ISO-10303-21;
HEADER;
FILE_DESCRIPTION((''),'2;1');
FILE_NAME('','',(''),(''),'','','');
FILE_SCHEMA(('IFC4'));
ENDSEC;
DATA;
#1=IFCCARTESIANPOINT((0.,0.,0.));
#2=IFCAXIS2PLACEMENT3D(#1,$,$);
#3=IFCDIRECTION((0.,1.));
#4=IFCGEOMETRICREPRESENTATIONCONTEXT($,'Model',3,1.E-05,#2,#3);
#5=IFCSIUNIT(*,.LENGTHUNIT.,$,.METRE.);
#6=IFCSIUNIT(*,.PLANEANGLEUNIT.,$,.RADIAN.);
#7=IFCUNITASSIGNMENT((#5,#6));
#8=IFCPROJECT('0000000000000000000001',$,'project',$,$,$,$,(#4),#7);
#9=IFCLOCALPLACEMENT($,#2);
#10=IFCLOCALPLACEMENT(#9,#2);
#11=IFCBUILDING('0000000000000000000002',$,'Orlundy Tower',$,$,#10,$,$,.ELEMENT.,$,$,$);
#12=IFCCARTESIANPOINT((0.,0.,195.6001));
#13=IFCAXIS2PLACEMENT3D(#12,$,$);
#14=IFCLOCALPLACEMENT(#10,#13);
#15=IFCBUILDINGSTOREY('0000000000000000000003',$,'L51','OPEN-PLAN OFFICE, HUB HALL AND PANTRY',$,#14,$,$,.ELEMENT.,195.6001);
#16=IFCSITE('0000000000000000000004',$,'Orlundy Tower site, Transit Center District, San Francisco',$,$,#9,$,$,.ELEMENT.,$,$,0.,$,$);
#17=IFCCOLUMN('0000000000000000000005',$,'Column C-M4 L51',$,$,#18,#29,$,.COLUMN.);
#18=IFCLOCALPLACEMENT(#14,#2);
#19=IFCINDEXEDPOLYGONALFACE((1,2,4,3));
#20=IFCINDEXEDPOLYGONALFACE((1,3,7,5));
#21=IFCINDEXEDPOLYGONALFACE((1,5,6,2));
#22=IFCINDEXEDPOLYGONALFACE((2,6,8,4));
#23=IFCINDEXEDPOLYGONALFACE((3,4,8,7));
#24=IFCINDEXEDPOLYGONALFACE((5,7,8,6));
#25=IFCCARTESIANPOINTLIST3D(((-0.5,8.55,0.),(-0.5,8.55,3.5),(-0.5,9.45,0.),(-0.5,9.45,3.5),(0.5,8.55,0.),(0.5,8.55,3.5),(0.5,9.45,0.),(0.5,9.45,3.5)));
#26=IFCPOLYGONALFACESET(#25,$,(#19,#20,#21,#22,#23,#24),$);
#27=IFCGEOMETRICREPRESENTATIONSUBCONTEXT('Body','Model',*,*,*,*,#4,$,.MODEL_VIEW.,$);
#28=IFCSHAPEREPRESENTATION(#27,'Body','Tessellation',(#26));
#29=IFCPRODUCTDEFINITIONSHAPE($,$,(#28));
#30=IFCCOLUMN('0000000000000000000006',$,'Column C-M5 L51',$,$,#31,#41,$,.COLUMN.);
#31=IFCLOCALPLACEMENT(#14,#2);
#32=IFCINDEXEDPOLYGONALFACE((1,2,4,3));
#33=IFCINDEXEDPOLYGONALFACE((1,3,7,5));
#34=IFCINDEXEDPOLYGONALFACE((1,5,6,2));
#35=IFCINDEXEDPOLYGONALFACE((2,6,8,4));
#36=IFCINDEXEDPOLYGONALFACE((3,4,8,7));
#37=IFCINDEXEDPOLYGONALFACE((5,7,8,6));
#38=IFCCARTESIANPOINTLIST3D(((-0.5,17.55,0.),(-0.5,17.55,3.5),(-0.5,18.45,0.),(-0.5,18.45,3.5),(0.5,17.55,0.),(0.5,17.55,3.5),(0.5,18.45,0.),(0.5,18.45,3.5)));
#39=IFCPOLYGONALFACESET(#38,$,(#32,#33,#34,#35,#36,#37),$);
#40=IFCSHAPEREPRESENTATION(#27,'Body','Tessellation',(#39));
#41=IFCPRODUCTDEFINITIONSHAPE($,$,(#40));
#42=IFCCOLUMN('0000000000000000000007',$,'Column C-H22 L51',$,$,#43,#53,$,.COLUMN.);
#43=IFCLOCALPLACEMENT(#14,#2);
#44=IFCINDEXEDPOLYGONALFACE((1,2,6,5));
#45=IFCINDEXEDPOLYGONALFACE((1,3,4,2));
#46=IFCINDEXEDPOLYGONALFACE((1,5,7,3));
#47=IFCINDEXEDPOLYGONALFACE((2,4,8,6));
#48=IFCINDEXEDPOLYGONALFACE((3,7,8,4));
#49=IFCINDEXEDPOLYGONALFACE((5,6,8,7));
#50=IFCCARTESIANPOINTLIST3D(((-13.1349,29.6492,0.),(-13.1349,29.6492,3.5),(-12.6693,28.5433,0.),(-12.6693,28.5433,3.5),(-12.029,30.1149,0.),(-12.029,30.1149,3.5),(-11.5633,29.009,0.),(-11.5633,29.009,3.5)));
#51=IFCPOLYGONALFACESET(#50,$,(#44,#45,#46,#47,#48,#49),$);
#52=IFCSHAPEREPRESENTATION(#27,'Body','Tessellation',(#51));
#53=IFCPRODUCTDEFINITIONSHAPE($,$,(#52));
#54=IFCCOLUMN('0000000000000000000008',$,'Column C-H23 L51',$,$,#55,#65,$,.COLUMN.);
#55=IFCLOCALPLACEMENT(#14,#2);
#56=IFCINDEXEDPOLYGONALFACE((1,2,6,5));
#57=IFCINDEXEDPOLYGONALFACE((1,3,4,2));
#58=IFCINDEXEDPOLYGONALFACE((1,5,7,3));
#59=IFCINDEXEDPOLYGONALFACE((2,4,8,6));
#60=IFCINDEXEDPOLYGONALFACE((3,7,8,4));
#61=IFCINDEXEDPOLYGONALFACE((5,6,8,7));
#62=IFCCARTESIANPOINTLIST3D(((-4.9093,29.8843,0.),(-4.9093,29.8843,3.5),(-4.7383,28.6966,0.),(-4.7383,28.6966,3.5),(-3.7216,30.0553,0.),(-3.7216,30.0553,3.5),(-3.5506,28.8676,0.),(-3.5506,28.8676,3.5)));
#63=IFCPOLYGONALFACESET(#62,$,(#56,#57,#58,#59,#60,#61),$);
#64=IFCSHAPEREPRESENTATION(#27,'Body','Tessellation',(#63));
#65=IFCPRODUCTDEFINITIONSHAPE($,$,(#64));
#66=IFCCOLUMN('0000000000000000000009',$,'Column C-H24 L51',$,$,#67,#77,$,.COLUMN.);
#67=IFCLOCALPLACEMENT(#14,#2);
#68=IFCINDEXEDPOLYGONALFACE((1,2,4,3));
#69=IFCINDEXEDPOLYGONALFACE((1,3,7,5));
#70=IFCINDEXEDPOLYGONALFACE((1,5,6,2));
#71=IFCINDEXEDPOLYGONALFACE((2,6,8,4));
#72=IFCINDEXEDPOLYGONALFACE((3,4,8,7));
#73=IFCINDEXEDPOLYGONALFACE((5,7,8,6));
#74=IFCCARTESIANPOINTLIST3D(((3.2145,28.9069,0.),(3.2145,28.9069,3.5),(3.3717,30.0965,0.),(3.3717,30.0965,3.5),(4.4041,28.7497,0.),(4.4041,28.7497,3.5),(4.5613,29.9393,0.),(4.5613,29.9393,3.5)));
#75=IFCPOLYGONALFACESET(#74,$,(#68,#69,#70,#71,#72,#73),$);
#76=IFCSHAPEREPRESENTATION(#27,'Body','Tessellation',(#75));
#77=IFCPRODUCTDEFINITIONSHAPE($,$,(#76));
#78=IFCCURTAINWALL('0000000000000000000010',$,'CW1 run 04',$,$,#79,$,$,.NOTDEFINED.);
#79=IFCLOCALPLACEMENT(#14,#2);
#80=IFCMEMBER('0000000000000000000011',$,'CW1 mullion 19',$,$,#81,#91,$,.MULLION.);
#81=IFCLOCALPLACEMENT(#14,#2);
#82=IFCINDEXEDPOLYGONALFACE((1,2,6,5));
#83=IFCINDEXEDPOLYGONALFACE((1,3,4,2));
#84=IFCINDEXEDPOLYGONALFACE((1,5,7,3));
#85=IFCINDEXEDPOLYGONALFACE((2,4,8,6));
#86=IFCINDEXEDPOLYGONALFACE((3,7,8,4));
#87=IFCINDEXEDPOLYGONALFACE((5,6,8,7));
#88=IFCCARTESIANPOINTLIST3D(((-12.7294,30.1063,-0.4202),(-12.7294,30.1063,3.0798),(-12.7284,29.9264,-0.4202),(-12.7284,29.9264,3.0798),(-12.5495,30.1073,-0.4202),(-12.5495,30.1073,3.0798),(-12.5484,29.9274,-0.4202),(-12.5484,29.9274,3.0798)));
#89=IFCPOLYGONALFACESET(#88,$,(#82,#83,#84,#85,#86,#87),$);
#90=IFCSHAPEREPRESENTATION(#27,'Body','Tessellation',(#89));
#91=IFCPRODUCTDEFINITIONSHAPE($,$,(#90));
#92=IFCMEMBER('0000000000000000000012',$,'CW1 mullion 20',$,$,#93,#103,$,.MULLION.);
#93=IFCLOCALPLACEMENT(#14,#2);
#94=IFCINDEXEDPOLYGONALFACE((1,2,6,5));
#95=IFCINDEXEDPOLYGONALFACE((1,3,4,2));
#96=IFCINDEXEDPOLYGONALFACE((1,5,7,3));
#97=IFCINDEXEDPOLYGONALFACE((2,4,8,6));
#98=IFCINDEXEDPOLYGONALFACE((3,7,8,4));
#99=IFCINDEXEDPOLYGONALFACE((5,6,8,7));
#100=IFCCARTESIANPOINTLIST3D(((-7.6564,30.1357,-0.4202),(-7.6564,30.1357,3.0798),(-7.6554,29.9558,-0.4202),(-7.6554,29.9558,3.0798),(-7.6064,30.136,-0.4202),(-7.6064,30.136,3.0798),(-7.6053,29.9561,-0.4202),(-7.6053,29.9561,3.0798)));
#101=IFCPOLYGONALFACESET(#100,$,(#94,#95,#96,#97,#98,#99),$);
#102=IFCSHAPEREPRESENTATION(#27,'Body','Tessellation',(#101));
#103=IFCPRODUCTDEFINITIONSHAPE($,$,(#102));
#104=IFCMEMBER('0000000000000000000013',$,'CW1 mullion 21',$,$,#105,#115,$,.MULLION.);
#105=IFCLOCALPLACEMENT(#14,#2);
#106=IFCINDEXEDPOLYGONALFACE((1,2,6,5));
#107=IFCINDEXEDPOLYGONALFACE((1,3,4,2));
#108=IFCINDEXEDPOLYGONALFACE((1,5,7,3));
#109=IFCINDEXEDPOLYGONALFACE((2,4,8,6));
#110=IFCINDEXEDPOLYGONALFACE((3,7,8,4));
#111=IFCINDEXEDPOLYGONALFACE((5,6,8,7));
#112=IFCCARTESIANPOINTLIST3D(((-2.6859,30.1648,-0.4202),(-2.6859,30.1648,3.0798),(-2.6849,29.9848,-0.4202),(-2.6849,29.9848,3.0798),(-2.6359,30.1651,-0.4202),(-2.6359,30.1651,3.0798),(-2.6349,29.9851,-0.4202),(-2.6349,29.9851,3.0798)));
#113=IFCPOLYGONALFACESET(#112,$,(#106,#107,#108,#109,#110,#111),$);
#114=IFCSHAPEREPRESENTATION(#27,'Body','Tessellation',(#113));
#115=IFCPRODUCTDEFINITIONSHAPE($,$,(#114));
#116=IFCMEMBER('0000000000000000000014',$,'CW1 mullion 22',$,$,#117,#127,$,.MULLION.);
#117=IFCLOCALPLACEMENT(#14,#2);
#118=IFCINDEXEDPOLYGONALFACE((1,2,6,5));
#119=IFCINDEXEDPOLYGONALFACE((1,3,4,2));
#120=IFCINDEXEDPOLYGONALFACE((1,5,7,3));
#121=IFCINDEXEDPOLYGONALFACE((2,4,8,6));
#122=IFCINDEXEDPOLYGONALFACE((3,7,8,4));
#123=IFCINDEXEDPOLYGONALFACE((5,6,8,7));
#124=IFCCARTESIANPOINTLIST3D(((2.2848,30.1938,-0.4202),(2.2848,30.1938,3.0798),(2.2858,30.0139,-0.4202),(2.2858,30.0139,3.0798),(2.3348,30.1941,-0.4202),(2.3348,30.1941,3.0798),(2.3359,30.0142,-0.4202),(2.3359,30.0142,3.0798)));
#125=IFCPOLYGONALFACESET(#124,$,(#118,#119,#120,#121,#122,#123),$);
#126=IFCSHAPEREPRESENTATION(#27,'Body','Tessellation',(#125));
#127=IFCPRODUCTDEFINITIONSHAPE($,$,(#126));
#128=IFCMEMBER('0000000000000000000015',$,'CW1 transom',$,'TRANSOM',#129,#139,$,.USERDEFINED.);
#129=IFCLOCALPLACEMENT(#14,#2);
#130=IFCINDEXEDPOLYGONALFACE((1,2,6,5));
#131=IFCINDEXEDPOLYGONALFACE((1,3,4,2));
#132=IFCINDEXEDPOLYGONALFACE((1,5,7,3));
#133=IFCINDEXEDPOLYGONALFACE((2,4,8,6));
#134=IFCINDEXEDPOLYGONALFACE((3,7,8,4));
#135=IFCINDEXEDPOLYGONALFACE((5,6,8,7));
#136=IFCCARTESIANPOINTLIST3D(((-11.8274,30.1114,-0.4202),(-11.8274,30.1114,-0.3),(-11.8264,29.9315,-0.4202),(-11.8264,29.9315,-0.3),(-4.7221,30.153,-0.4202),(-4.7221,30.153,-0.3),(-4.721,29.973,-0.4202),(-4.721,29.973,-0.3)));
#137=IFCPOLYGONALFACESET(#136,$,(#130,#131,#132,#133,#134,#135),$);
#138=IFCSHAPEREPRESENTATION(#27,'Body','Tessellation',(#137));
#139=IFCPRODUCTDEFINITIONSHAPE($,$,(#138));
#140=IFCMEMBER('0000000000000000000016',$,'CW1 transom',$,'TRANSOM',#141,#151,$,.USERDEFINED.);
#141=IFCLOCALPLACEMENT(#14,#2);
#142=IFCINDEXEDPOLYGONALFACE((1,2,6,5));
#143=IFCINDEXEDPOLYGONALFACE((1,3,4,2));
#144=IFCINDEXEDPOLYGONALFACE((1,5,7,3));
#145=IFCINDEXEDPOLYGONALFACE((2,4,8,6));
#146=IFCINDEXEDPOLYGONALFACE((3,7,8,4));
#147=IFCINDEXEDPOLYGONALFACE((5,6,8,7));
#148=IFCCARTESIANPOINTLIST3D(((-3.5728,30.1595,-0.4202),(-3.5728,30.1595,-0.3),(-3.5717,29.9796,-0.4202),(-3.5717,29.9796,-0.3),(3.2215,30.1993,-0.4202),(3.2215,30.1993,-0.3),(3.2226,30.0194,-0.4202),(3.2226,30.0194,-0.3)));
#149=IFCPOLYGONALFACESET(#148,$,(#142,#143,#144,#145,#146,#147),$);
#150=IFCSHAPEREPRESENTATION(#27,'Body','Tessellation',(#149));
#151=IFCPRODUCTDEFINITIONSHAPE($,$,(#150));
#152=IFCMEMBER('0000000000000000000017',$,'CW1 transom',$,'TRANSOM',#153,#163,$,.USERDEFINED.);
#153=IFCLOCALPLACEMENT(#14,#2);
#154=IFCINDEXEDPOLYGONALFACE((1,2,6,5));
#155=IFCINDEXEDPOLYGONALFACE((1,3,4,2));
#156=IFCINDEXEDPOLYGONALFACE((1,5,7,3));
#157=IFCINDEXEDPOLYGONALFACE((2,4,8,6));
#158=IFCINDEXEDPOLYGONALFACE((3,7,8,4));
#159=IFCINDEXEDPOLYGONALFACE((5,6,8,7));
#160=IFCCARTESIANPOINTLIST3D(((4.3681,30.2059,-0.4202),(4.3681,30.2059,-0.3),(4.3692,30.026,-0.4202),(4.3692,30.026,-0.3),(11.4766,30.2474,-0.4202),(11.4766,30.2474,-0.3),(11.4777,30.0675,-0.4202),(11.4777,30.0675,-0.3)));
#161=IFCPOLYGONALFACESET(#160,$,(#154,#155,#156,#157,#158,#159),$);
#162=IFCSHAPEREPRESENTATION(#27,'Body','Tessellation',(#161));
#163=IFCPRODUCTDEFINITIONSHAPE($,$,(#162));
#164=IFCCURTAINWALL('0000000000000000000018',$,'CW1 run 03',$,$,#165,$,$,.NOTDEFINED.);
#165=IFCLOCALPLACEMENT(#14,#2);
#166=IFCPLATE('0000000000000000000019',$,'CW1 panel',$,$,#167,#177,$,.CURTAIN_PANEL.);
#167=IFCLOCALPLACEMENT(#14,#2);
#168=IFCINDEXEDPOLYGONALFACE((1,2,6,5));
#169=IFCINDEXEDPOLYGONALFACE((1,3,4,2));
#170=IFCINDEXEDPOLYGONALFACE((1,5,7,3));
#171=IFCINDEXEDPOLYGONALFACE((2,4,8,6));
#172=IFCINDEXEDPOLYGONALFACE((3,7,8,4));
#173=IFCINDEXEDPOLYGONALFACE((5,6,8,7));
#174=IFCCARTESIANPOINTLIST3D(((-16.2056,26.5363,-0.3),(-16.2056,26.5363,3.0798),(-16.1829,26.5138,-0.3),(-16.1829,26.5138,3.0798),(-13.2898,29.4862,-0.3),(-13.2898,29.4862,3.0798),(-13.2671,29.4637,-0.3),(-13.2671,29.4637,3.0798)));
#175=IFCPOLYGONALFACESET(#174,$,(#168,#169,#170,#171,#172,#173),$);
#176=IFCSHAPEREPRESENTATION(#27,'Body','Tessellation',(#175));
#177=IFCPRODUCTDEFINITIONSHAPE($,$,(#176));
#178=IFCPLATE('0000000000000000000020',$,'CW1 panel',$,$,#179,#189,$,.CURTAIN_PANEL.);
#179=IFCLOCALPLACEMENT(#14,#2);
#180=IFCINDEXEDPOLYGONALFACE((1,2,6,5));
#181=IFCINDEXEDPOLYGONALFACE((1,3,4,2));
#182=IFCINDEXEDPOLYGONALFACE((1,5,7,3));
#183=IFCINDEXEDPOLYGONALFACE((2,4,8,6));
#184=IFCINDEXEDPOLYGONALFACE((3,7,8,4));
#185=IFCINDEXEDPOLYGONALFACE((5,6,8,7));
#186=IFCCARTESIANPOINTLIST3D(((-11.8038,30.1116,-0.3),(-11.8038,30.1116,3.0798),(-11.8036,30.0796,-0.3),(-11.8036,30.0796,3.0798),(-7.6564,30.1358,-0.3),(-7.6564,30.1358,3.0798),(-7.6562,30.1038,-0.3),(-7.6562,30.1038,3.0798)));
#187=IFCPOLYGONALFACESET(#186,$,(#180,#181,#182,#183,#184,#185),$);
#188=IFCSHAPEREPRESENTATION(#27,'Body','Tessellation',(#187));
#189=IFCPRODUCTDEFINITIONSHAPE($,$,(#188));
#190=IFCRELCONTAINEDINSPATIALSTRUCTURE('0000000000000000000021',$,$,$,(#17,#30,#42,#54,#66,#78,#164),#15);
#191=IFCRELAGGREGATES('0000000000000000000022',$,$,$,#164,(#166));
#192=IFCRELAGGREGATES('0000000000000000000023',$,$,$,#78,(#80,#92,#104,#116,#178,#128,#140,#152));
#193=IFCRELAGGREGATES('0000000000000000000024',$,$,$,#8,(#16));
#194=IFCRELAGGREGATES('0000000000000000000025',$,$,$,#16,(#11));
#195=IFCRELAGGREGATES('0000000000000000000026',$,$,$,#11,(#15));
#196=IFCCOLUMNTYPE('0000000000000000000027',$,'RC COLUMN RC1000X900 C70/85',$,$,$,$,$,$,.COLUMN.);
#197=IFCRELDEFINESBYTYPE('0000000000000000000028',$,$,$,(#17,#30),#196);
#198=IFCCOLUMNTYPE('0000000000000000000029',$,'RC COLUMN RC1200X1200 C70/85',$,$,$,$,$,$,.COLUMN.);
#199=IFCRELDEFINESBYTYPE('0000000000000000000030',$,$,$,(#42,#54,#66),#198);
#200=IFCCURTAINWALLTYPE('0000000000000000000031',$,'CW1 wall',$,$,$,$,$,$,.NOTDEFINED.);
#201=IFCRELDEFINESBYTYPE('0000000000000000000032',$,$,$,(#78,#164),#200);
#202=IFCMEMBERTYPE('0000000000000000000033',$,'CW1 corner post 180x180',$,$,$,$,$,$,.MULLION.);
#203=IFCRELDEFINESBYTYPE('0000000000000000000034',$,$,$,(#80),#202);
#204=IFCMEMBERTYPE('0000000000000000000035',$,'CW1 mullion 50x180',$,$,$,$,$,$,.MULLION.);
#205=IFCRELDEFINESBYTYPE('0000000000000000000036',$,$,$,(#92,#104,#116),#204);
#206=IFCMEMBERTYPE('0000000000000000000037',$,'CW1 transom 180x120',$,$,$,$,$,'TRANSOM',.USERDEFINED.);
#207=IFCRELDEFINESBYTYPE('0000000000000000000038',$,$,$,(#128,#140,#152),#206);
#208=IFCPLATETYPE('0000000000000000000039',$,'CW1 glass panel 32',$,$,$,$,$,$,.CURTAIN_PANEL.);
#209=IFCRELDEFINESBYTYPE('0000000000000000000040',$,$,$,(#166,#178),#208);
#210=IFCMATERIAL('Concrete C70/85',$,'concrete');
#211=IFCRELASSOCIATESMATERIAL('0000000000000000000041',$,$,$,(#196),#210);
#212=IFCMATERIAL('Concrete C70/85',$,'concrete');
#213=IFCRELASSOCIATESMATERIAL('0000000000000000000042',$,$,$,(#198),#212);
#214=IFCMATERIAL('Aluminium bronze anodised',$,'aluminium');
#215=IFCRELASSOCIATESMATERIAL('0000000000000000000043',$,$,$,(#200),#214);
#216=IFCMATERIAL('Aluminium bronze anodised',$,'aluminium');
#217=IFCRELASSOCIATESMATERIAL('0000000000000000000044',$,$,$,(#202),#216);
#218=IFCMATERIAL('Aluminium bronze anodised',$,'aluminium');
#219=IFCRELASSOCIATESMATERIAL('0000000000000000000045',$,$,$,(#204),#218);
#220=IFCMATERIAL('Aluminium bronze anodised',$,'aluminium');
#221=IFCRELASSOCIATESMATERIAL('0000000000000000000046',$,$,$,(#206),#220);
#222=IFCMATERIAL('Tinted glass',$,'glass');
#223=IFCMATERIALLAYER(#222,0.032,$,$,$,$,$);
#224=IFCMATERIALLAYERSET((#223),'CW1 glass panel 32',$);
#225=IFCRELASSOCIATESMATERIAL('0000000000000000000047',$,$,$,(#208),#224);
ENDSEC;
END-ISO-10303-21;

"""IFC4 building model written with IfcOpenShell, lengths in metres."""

from ifc_helpers import new_model, si_unit, direction, frame, origin, origin_2d, place, context, subcontext, project, spatial, rectangle, extrude, material, layer, layer_set, material_profile, profile_set, type_object, element, aggregate, save


model = new_model("IFC4")

# Units and contexts
model_context = context("Model", 3, precision=1e-05, world=origin(), true_north=direction((0.0, 1.0)))
body_context = subcontext(model_context, "Body", "Model", "MODEL_VIEW")
ifc_project = project(units=[si_unit("LENGTHUNIT", "METRE"), si_unit("PLANEANGLEUNIT", "RADIAN")], contexts=[model_context])

# Site, building, storey
site_placement = place(None, origin())
site = spatial("IfcSite", under=ifc_project, at=site_placement, Name="Orlundy Tower site, Transit Center District, San Francisco", CompositionType="ELEMENT", RefElevation=0.0)
building_placement = place(site_placement, origin())
building = spatial("IfcBuilding", under=site, at=building_placement, Name="Orlundy Tower", CompositionType="ELEMENT")
storey_placement = place(building_placement, frame((0.0, 0.0, 195.6001)))
storey = spatial("IfcBuildingStorey", under=building, at=storey_placement, Name="L51", Description="OPEN-PLAN OFFICE, HUB HALL AND PANTRY", CompositionType="ELEMENT", Elevation=195.6001)

# Columns
ifc_material_1 = material(Name="Concrete C70/85", Category="concrete")
ifc_material_profile_1 = material_profile(ifc_material_1, rectangle(XDim=1.0, YDim=0.8999, at=origin_2d()), Name="RC1000X900")
ifc_profile_set_1 = profile_set([ifc_material_profile_1], Name="Concrete C70/85")
column_type_1 = type_object("IfcColumnType", Name="RC COLUMN RC1000X900 C70/85", PredefinedType="COLUMN", material=ifc_profile_set_1)
for number, where, z_axis, x_axis, name in (
    (1, (0.0, 9.0, 0.0), (0.0, 0.0, 1.0), (1.0, 0.0, 0.0), "Column C-M4 L51"),
    (2, (0.0, 18.0, 0.0), (0.0, 0.0, 1.0), (1.0, 0.0, 0.0), "Column C-M5 L51"),
):
    element("IfcColumn", number, at=place(storey_placement, frame(where, z_axis=z_axis, x_axis=x_axis)), inside=storey, type_object=column_type_1, Name=name, PredefinedType="COLUMN", context=body_context, shape_type="SweptSolid", body=[
        extrude(rectangle(XDim=1.0, YDim=0.8999, at=origin_2d()), origin(), (0.0, 0.0, 1.0), 3.5),
    ])
ifc_material_2 = material(Name="Concrete C70/85", Category="concrete")
ifc_material_profile_2 = material_profile(ifc_material_2, rectangle(XDim=1.2, YDim=1.2, at=origin_2d()), Name="RC1200X1200")
ifc_profile_set_2 = profile_set([ifc_material_profile_2], Name="Concrete C70/85")
column_type_2 = type_object("IfcColumnType", Name="RC COLUMN RC1200X1200 C70/85", PredefinedType="COLUMN", material=ifc_profile_set_2)
for number, where, z_axis, x_axis, name in (
    (3, (-12.3491, 29.3291, 0.0), (0.0, 0.0, 1.0), (-0.388063, 0.921633, 0.0), "Column C-H22 L51"),
    (4, (-4.23, 29.376, 0.0), (0.0, 0.0, 1.0), (-0.142525, 0.989791, 0.0), "Column C-H23 L51"),
    (5, (3.8879, 29.4231, 0.0), (0.0, 0.0, 1.0), (0.131011, 0.991381, 0.0), "Column C-H24 L51"),
):
    element("IfcColumn", number, at=place(storey_placement, frame(where, z_axis=z_axis, x_axis=x_axis)), inside=storey, type_object=column_type_2, Name=name, PredefinedType="COLUMN", context=body_context, shape_type="SweptSolid", body=[
        extrude(rectangle(XDim=1.2, YDim=1.2, at=origin_2d()), origin(), (0.0, 0.0, 1.0), 3.5),
    ])

# Curtain wall, members
ifc_material_3 = material(Name="Aluminium bronze anodised", Category="aluminium")
curtain_wall_type = type_object("IfcCurtainWallType", Name="CW1 wall", PredefinedType="NOTDEFINED", material=ifc_material_3)
curtain_wall_1_placement = place(storey_placement, origin())
curtain_wall_1 = element("IfcCurtainWall", 6, at=curtain_wall_1_placement, inside=storey, type_object=curtain_wall_type, Name="CW1 run 04", PredefinedType="NOTDEFINED")
ifc_material_4 = material(Name="Aluminium bronze anodised", Category="aluminium")
ifc_material_profile_3 = material_profile(ifc_material_4, rectangle(XDim=0.1799, YDim=0.1799, at=origin_2d()), Name="CW1 corner post 180x180")
ifc_profile_set_3 = profile_set([ifc_material_profile_3], Name="Aluminium bronze anodised")
member_type_1 = type_object("IfcMemberType", Name="CW1 corner post 180x180", PredefinedType="MULLION", material=ifc_profile_set_3)
member_1_placement = place(storey_placement, frame((-12.6389, 30.0168, -0.4202), z_axis=(0.0, 0.0, 1.0), x_axis=(-0.005834, 0.999983, 0.0)))
member_1 = element("IfcMember", 7, at=member_1_placement, type_object=member_type_1, Name="CW1 mullion 19", PredefinedType="MULLION", context=body_context, shape_type="SweptSolid", body=[
    extrude(rectangle(XDim=0.1799, YDim=0.1799, at=origin_2d()), origin(), (0.0, 0.0, 1.0), 3.5),
])
ifc_material_5 = material(Name="Aluminium bronze anodised", Category="aluminium")
ifc_material_profile_4 = material_profile(ifc_material_5, rectangle(XDim=0.1799, YDim=0.05, at=origin_2d()), Name="CW1 mullion 50x180")
ifc_profile_set_4 = profile_set([ifc_material_profile_4], Name="Aluminium bronze anodised")
member_type_2 = type_object("IfcMemberType", Name="CW1 mullion 50x180", PredefinedType="MULLION", material=ifc_profile_set_4)
member_2_placement = place(storey_placement, frame((-7.6309, 30.0459, -0.4202), z_axis=(0.0, 0.0, 1.0), x_axis=(-0.005834, 0.999983, 0.0)))
member_2 = element("IfcMember", 8, at=member_2_placement, type_object=member_type_2, Name="CW1 mullion 20", PredefinedType="MULLION", context=body_context, shape_type="SweptSolid", body=[
    extrude(rectangle(XDim=0.1799, YDim=0.05, at=origin_2d()), origin(), (0.0, 0.0, 1.0), 3.5),
])
member_3_placement = place(storey_placement, frame((-2.6604, 30.075, -0.4202), z_axis=(0.0, 0.0, 1.0), x_axis=(-0.005834, 0.999983, 0.0)))
member_3 = element("IfcMember", 9, at=member_3_placement, type_object=member_type_2, Name="CW1 mullion 21", PredefinedType="MULLION", context=body_context, shape_type="SweptSolid", body=[
    extrude(rectangle(XDim=0.1799, YDim=0.05, at=origin_2d()), origin(), (0.0, 0.0, 1.0), 3.5),
])
member_4_placement = place(storey_placement, frame((2.3103, 30.104, -0.4202), z_axis=(0.0, 0.0, 1.0), x_axis=(-0.005834, 0.999983, 0.0)))
member_4 = element("IfcMember", 10, at=member_4_placement, type_object=member_type_2, Name="CW1 mullion 22", PredefinedType="MULLION", context=body_context, shape_type="SweptSolid", body=[
    extrude(rectangle(XDim=0.1799, YDim=0.05, at=origin_2d()), origin(), (0.0, 0.0, 1.0), 3.5),
])
ifc_material_6 = material(Name="Aluminium bronze anodised", Category="aluminium")
ifc_material_profile_5 = material_profile(ifc_material_6, rectangle(XDim=0.1799, YDim=0.1201, at=origin_2d()), Name="CW1 transom 180x120")
ifc_profile_set_5 = profile_set([ifc_material_profile_5], Name="Aluminium bronze anodised")
member_type_3 = type_object("IfcMemberType", Name="CW1 transom 180x120", ElementType="TRANSOM", PredefinedType="USERDEFINED", material=ifc_profile_set_5)
member_5_placement = place(storey_placement, frame((-11.8269, 30.0215, -0.3601), z_axis=(0.999983, 0.005841, 0.0), x_axis=(-0.005841, 0.999983, 0.0)))
member_5 = element("IfcMember", 11, at=member_5_placement, type_object=member_type_3, Name="CW1 transom", ObjectType="TRANSOM", PredefinedType="USERDEFINED", context=body_context, shape_type="SweptSolid", body=[
    extrude(rectangle(XDim=0.1799, YDim=0.1201, at=origin_2d()), origin(), (0.0, 0.0, 1.0), 7.1055),
])
member_6_placement = place(storey_placement, frame((-3.5723, 30.0696, -0.3601), z_axis=(0.999983, 0.005857, 0.0), x_axis=(-0.005857, 0.999983, 0.0)))
member_6 = element("IfcMember", 12, at=member_6_placement, type_object=member_type_3, Name="CW1 transom", ObjectType="TRANSOM", PredefinedType="USERDEFINED", context=body_context, shape_type="SweptSolid", body=[
    extrude(rectangle(XDim=0.1799, YDim=0.1201, at=origin_2d()), origin(), (0.0, 0.0, 1.0), 6.7944),
])
member_7_placement = place(storey_placement, frame((4.3687, 30.116, -0.3601), z_axis=(0.999983, 0.005838, 0.0), x_axis=(-0.005838, 0.999983, 0.0)))
member_7 = element("IfcMember", 13, at=member_7_placement, type_object=member_type_3, Name="CW1 transom", ObjectType="TRANSOM", PredefinedType="USERDEFINED", context=body_context, shape_type="SweptSolid", body=[
    extrude(rectangle(XDim=0.1799, YDim=0.1201, at=origin_2d()), origin(), (0.0, 0.0, 1.0), 7.1086),
])

# Curtain wall, plate
curtain_wall_2_placement = place(storey_placement, origin())
curtain_wall_2 = element("IfcCurtainWall", 14, at=curtain_wall_2_placement, inside=storey, type_object=curtain_wall_type, Name="CW1 run 03", PredefinedType="NOTDEFINED")
ifc_material_7 = material(Name="Tinted glass", Category="glass")
ifc_layer_1 = layer(ifc_material_7, 0.032)
ifc_layer_set_1 = layer_set([ifc_layer_1], Name="CW1 glass panel 32")
plate_type = type_object("IfcPlateType", Name="CW1 glass panel 32", PredefinedType="CURTAIN_PANEL", material=ifc_layer_set_1)
plate_1_placement = place(storey_placement, frame((-14.7363, 28.0, -0.3), z_axis=(0.0, 0.0, 1.0), x_axis=(0.702991, 0.711199, 0.0)))
plate_1 = element("IfcPlate", 15, at=plate_1_placement, type_object=plate_type, Name="CW1 panel", PredefinedType="CURTAIN_PANEL", context=body_context, shape_type="SweptSolid", body=[
    extrude(rectangle(XDim=4.1477, YDim=0.032, at=origin_2d()), origin(), (0.0, 0.0, 1.0), 3.3799),
])
aggregate(curtain_wall_2, [plate_1])

# Plate
plate_2_placement = place(storey_placement, frame((-9.73, 30.1077, -0.3), z_axis=(0.0, 0.0, 1.0), x_axis=(0.999983, 0.005834, 0.0)))
plate_2 = element("IfcPlate", 16, at=plate_2_placement, type_object=plate_type, Name="CW1 panel", PredefinedType="CURTAIN_PANEL", context=body_context, shape_type="SweptSolid", body=[
    extrude(rectangle(XDim=4.1475, YDim=0.032, at=origin_2d()), origin(), (0.0, 0.0, 1.0), 3.3799),
])
aggregate(curtain_wall_1, [member_1, member_2, member_3, member_4, plate_2, member_5, member_6, member_7])

save(model, "model.ifc")
